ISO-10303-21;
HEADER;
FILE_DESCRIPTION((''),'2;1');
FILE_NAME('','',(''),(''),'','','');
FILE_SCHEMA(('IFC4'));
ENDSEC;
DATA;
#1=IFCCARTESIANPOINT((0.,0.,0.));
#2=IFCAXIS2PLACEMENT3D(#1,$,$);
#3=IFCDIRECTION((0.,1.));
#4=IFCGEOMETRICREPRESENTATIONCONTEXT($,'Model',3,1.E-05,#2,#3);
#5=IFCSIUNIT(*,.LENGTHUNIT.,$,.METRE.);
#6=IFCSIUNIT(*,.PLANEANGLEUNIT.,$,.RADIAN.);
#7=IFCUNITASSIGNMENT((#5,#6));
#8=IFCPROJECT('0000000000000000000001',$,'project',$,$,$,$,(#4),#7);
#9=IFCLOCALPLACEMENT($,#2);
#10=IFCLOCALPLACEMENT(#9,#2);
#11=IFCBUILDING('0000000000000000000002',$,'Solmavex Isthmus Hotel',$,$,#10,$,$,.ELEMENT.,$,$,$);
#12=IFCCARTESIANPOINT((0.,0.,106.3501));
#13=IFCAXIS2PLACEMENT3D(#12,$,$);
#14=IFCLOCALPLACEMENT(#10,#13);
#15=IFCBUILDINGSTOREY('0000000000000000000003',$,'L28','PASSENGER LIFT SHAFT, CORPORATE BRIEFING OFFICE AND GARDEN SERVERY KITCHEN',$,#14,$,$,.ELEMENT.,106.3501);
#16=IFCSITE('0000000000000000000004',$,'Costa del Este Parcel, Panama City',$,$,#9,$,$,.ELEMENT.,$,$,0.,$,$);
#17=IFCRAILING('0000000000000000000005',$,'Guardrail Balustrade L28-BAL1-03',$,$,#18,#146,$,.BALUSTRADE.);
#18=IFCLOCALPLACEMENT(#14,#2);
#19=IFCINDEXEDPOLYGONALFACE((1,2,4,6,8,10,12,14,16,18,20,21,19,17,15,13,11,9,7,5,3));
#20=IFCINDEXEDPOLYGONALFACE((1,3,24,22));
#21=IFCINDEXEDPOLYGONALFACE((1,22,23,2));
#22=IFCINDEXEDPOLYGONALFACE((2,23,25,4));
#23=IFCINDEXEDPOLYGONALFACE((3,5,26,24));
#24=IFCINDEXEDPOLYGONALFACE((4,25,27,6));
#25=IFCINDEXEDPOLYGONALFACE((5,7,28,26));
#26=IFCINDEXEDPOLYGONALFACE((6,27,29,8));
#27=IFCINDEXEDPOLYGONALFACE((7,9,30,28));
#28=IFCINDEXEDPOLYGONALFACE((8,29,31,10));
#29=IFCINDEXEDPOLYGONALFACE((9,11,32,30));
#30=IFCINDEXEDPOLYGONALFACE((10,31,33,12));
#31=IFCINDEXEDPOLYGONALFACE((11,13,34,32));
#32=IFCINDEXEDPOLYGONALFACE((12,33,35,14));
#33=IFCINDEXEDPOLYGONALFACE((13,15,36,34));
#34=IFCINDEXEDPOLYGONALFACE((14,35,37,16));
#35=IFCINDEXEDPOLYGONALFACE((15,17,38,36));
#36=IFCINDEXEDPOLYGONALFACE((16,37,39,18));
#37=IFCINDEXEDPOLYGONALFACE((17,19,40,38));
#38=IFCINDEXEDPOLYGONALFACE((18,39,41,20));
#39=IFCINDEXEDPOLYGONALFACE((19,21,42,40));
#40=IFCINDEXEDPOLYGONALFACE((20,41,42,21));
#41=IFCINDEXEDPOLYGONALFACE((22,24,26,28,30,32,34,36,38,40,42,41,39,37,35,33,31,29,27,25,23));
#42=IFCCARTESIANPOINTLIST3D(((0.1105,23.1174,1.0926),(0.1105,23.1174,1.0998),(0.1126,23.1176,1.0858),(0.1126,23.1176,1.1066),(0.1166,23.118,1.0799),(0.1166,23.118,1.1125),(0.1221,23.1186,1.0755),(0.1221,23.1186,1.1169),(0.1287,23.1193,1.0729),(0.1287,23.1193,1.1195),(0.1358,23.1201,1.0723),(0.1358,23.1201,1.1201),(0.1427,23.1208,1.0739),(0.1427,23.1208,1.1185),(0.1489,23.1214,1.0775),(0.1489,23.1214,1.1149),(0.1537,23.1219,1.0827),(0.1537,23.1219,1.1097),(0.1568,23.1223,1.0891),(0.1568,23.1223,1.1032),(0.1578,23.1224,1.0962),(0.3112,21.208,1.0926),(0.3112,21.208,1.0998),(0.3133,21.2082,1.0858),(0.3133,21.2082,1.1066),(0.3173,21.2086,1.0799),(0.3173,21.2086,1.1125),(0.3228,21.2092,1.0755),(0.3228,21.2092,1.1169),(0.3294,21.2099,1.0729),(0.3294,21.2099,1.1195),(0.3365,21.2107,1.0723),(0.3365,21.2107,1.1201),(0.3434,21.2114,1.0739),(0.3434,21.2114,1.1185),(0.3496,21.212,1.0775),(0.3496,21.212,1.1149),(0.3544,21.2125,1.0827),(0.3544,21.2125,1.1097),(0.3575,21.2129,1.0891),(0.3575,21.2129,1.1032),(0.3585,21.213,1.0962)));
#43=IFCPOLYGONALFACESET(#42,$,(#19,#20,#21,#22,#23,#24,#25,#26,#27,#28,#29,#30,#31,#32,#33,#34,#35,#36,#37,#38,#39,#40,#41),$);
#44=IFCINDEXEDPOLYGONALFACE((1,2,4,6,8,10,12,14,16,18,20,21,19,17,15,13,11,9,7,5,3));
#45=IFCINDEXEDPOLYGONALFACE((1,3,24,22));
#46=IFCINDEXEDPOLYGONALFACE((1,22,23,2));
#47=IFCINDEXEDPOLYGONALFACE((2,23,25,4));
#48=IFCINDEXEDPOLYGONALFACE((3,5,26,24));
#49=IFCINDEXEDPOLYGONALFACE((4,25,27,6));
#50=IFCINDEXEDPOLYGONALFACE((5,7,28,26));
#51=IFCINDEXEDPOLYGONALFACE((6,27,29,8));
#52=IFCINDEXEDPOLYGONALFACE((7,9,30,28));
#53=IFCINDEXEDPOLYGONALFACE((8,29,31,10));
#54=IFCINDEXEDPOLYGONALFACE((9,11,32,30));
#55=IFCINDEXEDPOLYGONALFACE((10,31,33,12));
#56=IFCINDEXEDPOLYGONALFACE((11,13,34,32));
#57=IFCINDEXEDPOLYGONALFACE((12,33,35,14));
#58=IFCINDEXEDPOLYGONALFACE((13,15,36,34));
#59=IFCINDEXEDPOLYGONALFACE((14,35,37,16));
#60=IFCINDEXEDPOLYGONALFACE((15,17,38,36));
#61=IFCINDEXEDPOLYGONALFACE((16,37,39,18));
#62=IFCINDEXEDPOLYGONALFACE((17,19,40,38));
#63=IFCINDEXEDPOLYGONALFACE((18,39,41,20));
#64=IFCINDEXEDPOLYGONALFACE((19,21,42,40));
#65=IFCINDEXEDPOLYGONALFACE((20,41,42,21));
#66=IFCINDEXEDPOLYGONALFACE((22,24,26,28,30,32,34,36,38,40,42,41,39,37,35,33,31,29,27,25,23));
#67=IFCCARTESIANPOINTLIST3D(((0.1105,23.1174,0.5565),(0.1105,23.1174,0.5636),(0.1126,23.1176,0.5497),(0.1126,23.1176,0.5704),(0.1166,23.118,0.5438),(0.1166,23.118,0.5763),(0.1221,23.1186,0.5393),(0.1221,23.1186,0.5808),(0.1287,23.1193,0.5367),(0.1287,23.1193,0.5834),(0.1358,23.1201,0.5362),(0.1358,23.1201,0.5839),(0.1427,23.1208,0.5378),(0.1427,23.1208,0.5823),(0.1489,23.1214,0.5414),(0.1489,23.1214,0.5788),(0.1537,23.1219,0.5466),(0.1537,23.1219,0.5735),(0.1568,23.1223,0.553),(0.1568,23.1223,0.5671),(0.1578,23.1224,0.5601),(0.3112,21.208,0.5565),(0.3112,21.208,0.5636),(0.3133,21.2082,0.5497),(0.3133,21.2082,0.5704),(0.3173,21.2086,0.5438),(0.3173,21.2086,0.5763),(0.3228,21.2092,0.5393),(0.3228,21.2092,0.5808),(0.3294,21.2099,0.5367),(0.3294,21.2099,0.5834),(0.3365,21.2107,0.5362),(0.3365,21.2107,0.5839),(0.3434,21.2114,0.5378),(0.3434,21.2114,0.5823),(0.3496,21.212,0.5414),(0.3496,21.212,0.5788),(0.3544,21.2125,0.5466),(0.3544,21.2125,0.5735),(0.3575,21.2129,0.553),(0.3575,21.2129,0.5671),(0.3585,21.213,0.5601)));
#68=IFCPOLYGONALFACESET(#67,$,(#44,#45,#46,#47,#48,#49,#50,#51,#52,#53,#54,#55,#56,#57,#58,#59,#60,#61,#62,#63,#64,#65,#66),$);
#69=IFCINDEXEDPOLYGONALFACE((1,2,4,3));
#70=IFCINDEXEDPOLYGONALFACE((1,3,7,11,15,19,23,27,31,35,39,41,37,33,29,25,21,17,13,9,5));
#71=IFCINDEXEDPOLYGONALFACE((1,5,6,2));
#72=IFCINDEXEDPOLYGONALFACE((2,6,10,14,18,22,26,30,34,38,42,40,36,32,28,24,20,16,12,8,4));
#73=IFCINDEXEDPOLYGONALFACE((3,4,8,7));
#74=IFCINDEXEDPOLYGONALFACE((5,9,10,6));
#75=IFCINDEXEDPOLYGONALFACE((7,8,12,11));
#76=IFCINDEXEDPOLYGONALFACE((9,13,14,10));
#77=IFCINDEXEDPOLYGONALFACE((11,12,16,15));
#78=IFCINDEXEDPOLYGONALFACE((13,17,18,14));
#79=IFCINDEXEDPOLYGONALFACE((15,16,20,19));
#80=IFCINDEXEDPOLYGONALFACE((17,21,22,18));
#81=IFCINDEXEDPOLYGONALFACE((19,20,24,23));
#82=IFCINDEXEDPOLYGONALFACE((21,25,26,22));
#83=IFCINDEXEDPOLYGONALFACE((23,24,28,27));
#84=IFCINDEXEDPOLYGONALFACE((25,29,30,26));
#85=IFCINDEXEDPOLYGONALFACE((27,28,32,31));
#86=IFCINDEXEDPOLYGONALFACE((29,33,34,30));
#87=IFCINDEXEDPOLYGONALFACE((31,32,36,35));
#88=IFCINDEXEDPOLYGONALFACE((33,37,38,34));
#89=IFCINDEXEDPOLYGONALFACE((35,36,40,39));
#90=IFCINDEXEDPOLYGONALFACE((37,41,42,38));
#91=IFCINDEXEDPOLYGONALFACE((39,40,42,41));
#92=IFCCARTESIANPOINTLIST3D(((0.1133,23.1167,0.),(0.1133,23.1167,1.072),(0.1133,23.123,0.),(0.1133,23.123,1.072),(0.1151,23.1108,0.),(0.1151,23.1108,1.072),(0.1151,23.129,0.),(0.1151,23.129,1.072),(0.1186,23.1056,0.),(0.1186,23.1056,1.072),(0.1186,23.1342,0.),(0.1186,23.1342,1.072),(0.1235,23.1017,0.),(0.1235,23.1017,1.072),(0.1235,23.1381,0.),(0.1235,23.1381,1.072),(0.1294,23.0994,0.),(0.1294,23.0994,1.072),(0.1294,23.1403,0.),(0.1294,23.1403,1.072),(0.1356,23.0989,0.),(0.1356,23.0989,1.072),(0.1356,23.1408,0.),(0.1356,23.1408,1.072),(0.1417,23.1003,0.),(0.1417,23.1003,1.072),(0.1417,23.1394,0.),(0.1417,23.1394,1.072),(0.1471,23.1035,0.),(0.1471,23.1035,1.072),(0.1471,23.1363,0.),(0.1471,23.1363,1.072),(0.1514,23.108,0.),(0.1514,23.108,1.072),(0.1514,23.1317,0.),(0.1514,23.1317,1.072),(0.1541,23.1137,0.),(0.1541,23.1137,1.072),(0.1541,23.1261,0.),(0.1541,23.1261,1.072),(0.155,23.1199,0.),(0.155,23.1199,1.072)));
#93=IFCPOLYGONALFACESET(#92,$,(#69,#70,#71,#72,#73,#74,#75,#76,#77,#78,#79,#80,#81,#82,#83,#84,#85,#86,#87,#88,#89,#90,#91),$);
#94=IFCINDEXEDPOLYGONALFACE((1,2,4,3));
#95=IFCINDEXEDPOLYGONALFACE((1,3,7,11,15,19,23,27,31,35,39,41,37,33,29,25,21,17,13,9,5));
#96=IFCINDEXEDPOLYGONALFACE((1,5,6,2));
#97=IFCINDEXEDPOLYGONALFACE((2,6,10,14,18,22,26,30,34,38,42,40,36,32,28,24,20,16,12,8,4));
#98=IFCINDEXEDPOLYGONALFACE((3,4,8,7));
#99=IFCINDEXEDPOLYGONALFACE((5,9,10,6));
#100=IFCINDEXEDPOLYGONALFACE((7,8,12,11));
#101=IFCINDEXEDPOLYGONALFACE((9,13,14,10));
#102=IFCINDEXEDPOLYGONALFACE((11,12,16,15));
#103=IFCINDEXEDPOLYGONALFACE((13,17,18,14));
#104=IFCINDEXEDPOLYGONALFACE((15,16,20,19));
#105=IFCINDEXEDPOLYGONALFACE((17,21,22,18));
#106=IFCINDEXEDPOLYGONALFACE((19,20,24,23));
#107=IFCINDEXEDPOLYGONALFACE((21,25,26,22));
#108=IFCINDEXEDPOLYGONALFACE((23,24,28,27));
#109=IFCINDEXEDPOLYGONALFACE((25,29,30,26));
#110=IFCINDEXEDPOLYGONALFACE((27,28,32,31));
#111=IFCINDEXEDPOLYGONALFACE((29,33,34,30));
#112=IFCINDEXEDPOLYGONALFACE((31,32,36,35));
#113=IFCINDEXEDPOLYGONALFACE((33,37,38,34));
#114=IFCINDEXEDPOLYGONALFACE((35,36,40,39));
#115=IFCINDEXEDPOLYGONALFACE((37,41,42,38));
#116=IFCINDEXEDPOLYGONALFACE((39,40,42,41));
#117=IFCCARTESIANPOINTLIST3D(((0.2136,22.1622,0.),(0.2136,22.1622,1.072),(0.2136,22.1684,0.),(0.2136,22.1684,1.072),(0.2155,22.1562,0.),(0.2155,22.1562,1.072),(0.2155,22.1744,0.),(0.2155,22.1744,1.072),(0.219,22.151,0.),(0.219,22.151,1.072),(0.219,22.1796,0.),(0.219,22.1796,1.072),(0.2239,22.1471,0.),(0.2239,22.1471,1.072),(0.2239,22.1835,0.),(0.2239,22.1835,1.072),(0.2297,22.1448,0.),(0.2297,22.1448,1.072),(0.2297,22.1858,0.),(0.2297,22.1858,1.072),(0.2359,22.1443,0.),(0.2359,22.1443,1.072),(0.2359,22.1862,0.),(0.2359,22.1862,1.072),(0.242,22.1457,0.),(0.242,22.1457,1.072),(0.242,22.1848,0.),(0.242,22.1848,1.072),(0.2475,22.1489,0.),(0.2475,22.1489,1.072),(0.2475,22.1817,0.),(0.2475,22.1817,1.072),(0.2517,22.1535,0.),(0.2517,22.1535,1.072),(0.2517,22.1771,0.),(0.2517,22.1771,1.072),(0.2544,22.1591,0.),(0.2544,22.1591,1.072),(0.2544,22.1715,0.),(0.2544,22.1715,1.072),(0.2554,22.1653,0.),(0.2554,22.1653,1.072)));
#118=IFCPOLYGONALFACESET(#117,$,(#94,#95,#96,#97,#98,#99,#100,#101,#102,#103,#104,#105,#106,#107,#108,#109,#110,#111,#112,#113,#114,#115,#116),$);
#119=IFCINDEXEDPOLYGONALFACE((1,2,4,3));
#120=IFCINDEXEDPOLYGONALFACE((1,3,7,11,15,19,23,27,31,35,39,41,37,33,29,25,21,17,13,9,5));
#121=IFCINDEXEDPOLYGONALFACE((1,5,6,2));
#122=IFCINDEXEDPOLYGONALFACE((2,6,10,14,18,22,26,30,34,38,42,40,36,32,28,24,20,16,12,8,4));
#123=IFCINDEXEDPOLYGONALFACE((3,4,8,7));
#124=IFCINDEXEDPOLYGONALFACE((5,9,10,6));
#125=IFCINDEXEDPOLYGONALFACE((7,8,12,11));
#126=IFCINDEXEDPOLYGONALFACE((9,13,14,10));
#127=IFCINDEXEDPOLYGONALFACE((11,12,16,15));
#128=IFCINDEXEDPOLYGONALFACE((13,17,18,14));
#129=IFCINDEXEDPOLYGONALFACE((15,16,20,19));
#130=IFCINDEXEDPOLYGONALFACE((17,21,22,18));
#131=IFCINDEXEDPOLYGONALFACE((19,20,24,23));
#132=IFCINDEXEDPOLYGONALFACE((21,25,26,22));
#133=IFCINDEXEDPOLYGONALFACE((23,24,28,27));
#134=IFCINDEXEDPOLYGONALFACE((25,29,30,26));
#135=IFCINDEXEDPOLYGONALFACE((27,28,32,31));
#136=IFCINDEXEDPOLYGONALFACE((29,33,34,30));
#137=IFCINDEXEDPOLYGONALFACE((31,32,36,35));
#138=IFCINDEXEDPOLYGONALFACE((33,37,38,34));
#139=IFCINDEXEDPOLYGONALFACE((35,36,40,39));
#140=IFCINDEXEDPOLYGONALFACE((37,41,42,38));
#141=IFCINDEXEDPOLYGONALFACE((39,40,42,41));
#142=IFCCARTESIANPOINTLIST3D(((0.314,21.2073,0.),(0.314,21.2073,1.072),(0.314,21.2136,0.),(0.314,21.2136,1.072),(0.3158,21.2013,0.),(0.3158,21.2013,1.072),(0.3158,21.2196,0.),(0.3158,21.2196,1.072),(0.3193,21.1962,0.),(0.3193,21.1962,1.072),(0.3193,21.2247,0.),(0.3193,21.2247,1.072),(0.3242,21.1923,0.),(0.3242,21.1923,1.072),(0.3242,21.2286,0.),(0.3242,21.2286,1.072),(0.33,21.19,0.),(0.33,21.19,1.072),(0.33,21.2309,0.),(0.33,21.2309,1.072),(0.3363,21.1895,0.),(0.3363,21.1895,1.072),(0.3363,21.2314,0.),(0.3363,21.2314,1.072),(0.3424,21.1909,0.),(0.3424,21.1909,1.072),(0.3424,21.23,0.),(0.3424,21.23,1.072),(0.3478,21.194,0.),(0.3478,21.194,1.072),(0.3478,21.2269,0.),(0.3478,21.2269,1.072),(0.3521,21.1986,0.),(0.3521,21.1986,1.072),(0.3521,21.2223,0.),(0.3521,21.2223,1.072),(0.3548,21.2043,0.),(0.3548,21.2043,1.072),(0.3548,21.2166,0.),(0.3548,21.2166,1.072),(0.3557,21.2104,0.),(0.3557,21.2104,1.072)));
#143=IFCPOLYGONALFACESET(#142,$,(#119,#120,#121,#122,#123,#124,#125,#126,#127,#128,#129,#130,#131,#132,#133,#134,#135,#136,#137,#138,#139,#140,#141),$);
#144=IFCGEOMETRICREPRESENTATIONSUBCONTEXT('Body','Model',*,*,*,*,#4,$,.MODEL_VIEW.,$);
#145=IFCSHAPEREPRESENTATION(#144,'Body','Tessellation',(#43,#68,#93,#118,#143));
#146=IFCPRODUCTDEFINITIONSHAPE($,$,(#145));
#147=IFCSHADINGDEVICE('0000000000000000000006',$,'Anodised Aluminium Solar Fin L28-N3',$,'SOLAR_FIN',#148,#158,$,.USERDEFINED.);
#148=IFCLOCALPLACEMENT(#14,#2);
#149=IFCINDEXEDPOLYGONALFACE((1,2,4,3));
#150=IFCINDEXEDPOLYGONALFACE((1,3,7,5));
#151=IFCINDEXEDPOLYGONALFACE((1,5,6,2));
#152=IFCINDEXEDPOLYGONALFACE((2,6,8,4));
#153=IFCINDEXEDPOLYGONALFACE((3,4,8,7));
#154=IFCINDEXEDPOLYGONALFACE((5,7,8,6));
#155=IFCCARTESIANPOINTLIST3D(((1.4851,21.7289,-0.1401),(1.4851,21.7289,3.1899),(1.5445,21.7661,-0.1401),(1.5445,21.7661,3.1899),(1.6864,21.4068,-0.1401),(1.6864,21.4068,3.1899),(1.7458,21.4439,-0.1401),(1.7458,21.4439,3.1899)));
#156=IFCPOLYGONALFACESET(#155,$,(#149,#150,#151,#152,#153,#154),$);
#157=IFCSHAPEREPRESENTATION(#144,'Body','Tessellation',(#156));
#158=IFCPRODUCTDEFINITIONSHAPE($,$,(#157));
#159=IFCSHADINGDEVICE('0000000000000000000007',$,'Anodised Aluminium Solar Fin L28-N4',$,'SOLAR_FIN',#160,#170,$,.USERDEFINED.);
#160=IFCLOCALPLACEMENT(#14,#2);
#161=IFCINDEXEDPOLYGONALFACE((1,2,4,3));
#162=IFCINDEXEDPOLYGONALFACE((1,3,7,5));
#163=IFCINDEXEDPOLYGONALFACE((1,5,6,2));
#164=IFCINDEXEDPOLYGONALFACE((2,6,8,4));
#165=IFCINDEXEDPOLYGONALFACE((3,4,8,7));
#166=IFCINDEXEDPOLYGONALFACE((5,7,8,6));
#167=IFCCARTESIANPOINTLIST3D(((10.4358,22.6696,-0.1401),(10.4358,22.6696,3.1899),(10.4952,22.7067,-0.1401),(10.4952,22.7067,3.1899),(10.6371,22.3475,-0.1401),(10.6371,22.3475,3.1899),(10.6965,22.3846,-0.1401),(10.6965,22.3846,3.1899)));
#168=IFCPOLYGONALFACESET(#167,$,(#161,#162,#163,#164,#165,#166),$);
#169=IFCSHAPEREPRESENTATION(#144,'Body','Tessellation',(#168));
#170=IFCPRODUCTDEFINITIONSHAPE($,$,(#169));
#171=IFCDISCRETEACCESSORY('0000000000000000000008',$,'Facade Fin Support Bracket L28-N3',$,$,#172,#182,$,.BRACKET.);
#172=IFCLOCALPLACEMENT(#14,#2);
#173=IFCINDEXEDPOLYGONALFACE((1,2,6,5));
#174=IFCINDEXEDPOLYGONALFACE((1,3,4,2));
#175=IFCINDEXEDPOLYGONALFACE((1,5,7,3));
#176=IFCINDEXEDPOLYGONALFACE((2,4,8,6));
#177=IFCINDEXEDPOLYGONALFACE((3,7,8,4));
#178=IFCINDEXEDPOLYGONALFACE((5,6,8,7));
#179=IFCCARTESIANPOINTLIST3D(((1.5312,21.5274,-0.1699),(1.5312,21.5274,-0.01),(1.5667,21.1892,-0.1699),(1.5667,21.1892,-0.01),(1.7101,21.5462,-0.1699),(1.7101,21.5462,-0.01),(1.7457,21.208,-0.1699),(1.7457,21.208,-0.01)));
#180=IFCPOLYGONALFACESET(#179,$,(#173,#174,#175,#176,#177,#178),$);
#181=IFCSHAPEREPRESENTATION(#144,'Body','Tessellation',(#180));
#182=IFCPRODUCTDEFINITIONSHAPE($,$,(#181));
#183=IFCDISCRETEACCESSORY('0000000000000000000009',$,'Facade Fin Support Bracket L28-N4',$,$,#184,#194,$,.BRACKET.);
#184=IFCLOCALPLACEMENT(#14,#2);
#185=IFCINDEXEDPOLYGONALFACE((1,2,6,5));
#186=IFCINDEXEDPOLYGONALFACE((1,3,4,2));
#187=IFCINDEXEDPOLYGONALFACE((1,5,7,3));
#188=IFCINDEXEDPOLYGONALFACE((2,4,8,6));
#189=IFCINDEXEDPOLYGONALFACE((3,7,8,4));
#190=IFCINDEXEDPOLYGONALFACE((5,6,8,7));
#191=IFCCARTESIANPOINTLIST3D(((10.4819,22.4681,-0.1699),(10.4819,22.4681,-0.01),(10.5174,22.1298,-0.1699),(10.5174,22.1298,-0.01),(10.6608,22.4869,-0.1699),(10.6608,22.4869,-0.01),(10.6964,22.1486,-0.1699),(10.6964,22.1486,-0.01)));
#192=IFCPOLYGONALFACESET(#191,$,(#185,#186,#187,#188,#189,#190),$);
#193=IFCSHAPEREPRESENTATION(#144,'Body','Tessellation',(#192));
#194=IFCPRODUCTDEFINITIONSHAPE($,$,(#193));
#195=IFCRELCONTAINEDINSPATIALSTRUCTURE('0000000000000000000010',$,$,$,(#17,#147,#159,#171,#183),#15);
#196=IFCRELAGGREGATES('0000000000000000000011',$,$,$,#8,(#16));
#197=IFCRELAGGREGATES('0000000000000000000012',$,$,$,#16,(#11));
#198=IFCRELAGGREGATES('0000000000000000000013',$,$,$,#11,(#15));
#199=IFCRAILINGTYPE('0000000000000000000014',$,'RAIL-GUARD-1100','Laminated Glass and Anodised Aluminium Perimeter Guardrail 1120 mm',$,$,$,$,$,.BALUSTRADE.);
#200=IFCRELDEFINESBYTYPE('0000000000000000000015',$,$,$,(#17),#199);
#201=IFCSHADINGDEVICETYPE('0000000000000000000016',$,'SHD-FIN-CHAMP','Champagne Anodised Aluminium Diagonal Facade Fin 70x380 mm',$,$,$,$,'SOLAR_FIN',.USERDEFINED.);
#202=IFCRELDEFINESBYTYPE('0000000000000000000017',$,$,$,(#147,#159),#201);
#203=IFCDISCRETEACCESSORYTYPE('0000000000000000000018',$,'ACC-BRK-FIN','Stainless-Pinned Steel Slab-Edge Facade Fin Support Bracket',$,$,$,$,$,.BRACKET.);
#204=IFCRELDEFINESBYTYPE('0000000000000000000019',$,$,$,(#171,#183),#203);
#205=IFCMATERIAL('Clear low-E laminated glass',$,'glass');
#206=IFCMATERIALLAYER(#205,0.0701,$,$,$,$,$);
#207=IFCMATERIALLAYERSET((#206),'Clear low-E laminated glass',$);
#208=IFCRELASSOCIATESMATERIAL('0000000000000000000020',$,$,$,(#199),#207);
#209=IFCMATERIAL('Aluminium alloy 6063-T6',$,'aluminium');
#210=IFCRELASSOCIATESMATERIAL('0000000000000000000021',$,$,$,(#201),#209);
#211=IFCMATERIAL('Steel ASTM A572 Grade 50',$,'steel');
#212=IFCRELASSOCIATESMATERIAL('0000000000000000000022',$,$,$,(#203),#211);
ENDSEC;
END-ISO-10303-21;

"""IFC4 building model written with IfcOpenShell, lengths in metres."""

from ifc_helpers import new_model, si_unit, direction, frame, origin, origin_2d, place, context, subcontext, project, spatial, rectangle, circle, extrude, material, layer, layer_set, type_object, element, save


model = new_model("IFC4")

# Units and contexts
model_context = context("Model", 3, precision=1e-05, world=origin(), true_north=direction((0.0, 1.0)))
body_context = subcontext(model_context, "Body", "Model", "MODEL_VIEW")
ifc_project = project(units=[si_unit("LENGTHUNIT", "METRE"), si_unit("PLANEANGLEUNIT", "RADIAN")], contexts=[model_context])

# Site, building, storey
site_placement = place(None, origin())
site = spatial("IfcSite", under=ifc_project, at=site_placement, Name="Costa del Este Parcel, Panama City", CompositionType="ELEMENT", RefElevation=0.0)
building_placement = place(site_placement, origin())
building = spatial("IfcBuilding", under=site, at=building_placement, Name="Solmavex Isthmus Hotel", CompositionType="ELEMENT")
storey_placement = place(building_placement, frame((0.0, 0.0, 106.3501)))
storey = spatial("IfcBuildingStorey", under=building, at=storey_placement, Name="L28", Description="PASSENGER LIFT SHAFT, CORPORATE BRIEFING OFFICE AND GARDEN SERVERY KITCHEN", CompositionType="ELEMENT", Elevation=106.3501)

# Shared definitions
ifc_material_1 = material(Name="Aluminium alloy 6063-T6", Category="aluminium")
ifc_material_2 = material(Name="Clear low-E laminated glass", Category="glass")

# Railing
ifc_layer_1 = layer(ifc_material_2, 0.0701)
ifc_layer_set_1 = layer_set([ifc_layer_1], Name="Clear low-E laminated glass")
railing_type = type_object("IfcRailingType", Name="RAIL-GUARD-1100", Description="Laminated Glass and Anodised Aluminium Perimeter Guardrail 1120 mm", PredefinedType="BALUSTRADE", material=ifc_layer_set_1)
railing_placement = place(storey_placement, frame((0.134, 23.1199, 0.0)))
element("IfcRailing", 1, at=railing_placement, inside=storey, type_object=railing_type, Name="Guardrail Balustrade L28-BAL1-03", PredefinedType="BALUSTRADE", context=body_context, shape_type="SweptSolid", body=[
    extrude(circle(Radius=0.0239, at=origin_2d()), frame((0.0, 0.0, 1.0962), z_axis=(0.104526, -0.994522, 0.0), x_axis=(0.994522, 0.104526, 0.0)), (0.0, 0.0, 1.0), 1.9199),
    extrude(circle(Radius=0.0239, at=origin_2d()), frame((0.0, 0.0, 0.5601), z_axis=(0.104526, -0.994522, 0.0), x_axis=(0.994522, 0.104526, 0.0)), (0.0, 0.0, 1.0), 1.9199),
    extrude(circle(Radius=0.021, at=origin_2d()), origin(), (0.0, 0.0, 1.0), 1.072),
    extrude(circle(Radius=0.021, at=origin_2d()), frame((0.1003, -0.9546, 0.0)), (0.0, 0.0, 1.0), 1.072),
    extrude(circle(Radius=0.021, at=origin_2d()), frame((0.2007, -1.9094, 0.0)), (0.0, 0.0, 1.0), 1.072),
])

# Shading devices
shading_device_type = type_object("IfcShadingDeviceType", Name="SHD-FIN-CHAMP", Description="Champagne Anodised Aluminium Diagonal Facade Fin 70x380 mm", ElementType="SOLAR_FIN", PredefinedType="USERDEFINED", material=ifc_material_1)
for number, where, z_axis, x_axis, name in (
    (2, (1.6155, 21.5864, -0.1401), (0.0, 0.0, 1.0), (-0.529919, 0.848048, 0.0), "Anodised Aluminium Solar Fin L28-N3"),
    (3, (10.5662, 22.5271, -0.1401), (0.0, 0.0, 1.0), (-0.529919, 0.848048, 0.0), "Anodised Aluminium Solar Fin L28-N4"),
):
    element("IfcShadingDevice", number, at=place(storey_placement, frame(where, z_axis=z_axis, x_axis=x_axis)), inside=storey, type_object=shading_device_type, Name=name, ObjectType="SOLAR_FIN", PredefinedType="USERDEFINED", context=body_context, shape_type="SweptSolid", body=[
        extrude(rectangle(XDim=0.3799, YDim=0.0701, at=origin_2d()), origin(), (0.0, 0.0, 1.0), 3.3301),
    ])

# Discrete accessories
ifc_material_3 = material(Name="Steel ASTM A572 Grade 50", Category="steel")
discrete_accessory_type = type_object("IfcDiscreteAccessoryType", Name="ACC-BRK-FIN", Description="Stainless-Pinned Steel Slab-Edge Facade Fin Support Bracket", PredefinedType="BRACKET", material=ifc_material_3)
for number, where, z_axis, x_axis, name in (
    (4, (1.6384, 21.3677, -0.1699), (0.0, 0.0, 1.0), (-0.104528, 0.994522, 0.0), "Facade Fin Support Bracket L28-N3"),
    (5, (10.5891, 22.3083, -0.1699), (0.0, 0.0, 1.0), (-0.104528, 0.994522, 0.0), "Facade Fin Support Bracket L28-N4"),
):
    element("IfcDiscreteAccessory", number, at=place(storey_placement, frame(where, z_axis=z_axis, x_axis=x_axis)), inside=storey, type_object=discrete_accessory_type, Name=name, PredefinedType="BRACKET", context=body_context, shape_type="SweptSolid", body=[
        extrude(rectangle(XDim=0.3401, YDim=0.1799, at=origin_2d()), origin(), (0.0, 0.0, 1.0), 0.1599),
    ])

save(model, "model.ifc")
